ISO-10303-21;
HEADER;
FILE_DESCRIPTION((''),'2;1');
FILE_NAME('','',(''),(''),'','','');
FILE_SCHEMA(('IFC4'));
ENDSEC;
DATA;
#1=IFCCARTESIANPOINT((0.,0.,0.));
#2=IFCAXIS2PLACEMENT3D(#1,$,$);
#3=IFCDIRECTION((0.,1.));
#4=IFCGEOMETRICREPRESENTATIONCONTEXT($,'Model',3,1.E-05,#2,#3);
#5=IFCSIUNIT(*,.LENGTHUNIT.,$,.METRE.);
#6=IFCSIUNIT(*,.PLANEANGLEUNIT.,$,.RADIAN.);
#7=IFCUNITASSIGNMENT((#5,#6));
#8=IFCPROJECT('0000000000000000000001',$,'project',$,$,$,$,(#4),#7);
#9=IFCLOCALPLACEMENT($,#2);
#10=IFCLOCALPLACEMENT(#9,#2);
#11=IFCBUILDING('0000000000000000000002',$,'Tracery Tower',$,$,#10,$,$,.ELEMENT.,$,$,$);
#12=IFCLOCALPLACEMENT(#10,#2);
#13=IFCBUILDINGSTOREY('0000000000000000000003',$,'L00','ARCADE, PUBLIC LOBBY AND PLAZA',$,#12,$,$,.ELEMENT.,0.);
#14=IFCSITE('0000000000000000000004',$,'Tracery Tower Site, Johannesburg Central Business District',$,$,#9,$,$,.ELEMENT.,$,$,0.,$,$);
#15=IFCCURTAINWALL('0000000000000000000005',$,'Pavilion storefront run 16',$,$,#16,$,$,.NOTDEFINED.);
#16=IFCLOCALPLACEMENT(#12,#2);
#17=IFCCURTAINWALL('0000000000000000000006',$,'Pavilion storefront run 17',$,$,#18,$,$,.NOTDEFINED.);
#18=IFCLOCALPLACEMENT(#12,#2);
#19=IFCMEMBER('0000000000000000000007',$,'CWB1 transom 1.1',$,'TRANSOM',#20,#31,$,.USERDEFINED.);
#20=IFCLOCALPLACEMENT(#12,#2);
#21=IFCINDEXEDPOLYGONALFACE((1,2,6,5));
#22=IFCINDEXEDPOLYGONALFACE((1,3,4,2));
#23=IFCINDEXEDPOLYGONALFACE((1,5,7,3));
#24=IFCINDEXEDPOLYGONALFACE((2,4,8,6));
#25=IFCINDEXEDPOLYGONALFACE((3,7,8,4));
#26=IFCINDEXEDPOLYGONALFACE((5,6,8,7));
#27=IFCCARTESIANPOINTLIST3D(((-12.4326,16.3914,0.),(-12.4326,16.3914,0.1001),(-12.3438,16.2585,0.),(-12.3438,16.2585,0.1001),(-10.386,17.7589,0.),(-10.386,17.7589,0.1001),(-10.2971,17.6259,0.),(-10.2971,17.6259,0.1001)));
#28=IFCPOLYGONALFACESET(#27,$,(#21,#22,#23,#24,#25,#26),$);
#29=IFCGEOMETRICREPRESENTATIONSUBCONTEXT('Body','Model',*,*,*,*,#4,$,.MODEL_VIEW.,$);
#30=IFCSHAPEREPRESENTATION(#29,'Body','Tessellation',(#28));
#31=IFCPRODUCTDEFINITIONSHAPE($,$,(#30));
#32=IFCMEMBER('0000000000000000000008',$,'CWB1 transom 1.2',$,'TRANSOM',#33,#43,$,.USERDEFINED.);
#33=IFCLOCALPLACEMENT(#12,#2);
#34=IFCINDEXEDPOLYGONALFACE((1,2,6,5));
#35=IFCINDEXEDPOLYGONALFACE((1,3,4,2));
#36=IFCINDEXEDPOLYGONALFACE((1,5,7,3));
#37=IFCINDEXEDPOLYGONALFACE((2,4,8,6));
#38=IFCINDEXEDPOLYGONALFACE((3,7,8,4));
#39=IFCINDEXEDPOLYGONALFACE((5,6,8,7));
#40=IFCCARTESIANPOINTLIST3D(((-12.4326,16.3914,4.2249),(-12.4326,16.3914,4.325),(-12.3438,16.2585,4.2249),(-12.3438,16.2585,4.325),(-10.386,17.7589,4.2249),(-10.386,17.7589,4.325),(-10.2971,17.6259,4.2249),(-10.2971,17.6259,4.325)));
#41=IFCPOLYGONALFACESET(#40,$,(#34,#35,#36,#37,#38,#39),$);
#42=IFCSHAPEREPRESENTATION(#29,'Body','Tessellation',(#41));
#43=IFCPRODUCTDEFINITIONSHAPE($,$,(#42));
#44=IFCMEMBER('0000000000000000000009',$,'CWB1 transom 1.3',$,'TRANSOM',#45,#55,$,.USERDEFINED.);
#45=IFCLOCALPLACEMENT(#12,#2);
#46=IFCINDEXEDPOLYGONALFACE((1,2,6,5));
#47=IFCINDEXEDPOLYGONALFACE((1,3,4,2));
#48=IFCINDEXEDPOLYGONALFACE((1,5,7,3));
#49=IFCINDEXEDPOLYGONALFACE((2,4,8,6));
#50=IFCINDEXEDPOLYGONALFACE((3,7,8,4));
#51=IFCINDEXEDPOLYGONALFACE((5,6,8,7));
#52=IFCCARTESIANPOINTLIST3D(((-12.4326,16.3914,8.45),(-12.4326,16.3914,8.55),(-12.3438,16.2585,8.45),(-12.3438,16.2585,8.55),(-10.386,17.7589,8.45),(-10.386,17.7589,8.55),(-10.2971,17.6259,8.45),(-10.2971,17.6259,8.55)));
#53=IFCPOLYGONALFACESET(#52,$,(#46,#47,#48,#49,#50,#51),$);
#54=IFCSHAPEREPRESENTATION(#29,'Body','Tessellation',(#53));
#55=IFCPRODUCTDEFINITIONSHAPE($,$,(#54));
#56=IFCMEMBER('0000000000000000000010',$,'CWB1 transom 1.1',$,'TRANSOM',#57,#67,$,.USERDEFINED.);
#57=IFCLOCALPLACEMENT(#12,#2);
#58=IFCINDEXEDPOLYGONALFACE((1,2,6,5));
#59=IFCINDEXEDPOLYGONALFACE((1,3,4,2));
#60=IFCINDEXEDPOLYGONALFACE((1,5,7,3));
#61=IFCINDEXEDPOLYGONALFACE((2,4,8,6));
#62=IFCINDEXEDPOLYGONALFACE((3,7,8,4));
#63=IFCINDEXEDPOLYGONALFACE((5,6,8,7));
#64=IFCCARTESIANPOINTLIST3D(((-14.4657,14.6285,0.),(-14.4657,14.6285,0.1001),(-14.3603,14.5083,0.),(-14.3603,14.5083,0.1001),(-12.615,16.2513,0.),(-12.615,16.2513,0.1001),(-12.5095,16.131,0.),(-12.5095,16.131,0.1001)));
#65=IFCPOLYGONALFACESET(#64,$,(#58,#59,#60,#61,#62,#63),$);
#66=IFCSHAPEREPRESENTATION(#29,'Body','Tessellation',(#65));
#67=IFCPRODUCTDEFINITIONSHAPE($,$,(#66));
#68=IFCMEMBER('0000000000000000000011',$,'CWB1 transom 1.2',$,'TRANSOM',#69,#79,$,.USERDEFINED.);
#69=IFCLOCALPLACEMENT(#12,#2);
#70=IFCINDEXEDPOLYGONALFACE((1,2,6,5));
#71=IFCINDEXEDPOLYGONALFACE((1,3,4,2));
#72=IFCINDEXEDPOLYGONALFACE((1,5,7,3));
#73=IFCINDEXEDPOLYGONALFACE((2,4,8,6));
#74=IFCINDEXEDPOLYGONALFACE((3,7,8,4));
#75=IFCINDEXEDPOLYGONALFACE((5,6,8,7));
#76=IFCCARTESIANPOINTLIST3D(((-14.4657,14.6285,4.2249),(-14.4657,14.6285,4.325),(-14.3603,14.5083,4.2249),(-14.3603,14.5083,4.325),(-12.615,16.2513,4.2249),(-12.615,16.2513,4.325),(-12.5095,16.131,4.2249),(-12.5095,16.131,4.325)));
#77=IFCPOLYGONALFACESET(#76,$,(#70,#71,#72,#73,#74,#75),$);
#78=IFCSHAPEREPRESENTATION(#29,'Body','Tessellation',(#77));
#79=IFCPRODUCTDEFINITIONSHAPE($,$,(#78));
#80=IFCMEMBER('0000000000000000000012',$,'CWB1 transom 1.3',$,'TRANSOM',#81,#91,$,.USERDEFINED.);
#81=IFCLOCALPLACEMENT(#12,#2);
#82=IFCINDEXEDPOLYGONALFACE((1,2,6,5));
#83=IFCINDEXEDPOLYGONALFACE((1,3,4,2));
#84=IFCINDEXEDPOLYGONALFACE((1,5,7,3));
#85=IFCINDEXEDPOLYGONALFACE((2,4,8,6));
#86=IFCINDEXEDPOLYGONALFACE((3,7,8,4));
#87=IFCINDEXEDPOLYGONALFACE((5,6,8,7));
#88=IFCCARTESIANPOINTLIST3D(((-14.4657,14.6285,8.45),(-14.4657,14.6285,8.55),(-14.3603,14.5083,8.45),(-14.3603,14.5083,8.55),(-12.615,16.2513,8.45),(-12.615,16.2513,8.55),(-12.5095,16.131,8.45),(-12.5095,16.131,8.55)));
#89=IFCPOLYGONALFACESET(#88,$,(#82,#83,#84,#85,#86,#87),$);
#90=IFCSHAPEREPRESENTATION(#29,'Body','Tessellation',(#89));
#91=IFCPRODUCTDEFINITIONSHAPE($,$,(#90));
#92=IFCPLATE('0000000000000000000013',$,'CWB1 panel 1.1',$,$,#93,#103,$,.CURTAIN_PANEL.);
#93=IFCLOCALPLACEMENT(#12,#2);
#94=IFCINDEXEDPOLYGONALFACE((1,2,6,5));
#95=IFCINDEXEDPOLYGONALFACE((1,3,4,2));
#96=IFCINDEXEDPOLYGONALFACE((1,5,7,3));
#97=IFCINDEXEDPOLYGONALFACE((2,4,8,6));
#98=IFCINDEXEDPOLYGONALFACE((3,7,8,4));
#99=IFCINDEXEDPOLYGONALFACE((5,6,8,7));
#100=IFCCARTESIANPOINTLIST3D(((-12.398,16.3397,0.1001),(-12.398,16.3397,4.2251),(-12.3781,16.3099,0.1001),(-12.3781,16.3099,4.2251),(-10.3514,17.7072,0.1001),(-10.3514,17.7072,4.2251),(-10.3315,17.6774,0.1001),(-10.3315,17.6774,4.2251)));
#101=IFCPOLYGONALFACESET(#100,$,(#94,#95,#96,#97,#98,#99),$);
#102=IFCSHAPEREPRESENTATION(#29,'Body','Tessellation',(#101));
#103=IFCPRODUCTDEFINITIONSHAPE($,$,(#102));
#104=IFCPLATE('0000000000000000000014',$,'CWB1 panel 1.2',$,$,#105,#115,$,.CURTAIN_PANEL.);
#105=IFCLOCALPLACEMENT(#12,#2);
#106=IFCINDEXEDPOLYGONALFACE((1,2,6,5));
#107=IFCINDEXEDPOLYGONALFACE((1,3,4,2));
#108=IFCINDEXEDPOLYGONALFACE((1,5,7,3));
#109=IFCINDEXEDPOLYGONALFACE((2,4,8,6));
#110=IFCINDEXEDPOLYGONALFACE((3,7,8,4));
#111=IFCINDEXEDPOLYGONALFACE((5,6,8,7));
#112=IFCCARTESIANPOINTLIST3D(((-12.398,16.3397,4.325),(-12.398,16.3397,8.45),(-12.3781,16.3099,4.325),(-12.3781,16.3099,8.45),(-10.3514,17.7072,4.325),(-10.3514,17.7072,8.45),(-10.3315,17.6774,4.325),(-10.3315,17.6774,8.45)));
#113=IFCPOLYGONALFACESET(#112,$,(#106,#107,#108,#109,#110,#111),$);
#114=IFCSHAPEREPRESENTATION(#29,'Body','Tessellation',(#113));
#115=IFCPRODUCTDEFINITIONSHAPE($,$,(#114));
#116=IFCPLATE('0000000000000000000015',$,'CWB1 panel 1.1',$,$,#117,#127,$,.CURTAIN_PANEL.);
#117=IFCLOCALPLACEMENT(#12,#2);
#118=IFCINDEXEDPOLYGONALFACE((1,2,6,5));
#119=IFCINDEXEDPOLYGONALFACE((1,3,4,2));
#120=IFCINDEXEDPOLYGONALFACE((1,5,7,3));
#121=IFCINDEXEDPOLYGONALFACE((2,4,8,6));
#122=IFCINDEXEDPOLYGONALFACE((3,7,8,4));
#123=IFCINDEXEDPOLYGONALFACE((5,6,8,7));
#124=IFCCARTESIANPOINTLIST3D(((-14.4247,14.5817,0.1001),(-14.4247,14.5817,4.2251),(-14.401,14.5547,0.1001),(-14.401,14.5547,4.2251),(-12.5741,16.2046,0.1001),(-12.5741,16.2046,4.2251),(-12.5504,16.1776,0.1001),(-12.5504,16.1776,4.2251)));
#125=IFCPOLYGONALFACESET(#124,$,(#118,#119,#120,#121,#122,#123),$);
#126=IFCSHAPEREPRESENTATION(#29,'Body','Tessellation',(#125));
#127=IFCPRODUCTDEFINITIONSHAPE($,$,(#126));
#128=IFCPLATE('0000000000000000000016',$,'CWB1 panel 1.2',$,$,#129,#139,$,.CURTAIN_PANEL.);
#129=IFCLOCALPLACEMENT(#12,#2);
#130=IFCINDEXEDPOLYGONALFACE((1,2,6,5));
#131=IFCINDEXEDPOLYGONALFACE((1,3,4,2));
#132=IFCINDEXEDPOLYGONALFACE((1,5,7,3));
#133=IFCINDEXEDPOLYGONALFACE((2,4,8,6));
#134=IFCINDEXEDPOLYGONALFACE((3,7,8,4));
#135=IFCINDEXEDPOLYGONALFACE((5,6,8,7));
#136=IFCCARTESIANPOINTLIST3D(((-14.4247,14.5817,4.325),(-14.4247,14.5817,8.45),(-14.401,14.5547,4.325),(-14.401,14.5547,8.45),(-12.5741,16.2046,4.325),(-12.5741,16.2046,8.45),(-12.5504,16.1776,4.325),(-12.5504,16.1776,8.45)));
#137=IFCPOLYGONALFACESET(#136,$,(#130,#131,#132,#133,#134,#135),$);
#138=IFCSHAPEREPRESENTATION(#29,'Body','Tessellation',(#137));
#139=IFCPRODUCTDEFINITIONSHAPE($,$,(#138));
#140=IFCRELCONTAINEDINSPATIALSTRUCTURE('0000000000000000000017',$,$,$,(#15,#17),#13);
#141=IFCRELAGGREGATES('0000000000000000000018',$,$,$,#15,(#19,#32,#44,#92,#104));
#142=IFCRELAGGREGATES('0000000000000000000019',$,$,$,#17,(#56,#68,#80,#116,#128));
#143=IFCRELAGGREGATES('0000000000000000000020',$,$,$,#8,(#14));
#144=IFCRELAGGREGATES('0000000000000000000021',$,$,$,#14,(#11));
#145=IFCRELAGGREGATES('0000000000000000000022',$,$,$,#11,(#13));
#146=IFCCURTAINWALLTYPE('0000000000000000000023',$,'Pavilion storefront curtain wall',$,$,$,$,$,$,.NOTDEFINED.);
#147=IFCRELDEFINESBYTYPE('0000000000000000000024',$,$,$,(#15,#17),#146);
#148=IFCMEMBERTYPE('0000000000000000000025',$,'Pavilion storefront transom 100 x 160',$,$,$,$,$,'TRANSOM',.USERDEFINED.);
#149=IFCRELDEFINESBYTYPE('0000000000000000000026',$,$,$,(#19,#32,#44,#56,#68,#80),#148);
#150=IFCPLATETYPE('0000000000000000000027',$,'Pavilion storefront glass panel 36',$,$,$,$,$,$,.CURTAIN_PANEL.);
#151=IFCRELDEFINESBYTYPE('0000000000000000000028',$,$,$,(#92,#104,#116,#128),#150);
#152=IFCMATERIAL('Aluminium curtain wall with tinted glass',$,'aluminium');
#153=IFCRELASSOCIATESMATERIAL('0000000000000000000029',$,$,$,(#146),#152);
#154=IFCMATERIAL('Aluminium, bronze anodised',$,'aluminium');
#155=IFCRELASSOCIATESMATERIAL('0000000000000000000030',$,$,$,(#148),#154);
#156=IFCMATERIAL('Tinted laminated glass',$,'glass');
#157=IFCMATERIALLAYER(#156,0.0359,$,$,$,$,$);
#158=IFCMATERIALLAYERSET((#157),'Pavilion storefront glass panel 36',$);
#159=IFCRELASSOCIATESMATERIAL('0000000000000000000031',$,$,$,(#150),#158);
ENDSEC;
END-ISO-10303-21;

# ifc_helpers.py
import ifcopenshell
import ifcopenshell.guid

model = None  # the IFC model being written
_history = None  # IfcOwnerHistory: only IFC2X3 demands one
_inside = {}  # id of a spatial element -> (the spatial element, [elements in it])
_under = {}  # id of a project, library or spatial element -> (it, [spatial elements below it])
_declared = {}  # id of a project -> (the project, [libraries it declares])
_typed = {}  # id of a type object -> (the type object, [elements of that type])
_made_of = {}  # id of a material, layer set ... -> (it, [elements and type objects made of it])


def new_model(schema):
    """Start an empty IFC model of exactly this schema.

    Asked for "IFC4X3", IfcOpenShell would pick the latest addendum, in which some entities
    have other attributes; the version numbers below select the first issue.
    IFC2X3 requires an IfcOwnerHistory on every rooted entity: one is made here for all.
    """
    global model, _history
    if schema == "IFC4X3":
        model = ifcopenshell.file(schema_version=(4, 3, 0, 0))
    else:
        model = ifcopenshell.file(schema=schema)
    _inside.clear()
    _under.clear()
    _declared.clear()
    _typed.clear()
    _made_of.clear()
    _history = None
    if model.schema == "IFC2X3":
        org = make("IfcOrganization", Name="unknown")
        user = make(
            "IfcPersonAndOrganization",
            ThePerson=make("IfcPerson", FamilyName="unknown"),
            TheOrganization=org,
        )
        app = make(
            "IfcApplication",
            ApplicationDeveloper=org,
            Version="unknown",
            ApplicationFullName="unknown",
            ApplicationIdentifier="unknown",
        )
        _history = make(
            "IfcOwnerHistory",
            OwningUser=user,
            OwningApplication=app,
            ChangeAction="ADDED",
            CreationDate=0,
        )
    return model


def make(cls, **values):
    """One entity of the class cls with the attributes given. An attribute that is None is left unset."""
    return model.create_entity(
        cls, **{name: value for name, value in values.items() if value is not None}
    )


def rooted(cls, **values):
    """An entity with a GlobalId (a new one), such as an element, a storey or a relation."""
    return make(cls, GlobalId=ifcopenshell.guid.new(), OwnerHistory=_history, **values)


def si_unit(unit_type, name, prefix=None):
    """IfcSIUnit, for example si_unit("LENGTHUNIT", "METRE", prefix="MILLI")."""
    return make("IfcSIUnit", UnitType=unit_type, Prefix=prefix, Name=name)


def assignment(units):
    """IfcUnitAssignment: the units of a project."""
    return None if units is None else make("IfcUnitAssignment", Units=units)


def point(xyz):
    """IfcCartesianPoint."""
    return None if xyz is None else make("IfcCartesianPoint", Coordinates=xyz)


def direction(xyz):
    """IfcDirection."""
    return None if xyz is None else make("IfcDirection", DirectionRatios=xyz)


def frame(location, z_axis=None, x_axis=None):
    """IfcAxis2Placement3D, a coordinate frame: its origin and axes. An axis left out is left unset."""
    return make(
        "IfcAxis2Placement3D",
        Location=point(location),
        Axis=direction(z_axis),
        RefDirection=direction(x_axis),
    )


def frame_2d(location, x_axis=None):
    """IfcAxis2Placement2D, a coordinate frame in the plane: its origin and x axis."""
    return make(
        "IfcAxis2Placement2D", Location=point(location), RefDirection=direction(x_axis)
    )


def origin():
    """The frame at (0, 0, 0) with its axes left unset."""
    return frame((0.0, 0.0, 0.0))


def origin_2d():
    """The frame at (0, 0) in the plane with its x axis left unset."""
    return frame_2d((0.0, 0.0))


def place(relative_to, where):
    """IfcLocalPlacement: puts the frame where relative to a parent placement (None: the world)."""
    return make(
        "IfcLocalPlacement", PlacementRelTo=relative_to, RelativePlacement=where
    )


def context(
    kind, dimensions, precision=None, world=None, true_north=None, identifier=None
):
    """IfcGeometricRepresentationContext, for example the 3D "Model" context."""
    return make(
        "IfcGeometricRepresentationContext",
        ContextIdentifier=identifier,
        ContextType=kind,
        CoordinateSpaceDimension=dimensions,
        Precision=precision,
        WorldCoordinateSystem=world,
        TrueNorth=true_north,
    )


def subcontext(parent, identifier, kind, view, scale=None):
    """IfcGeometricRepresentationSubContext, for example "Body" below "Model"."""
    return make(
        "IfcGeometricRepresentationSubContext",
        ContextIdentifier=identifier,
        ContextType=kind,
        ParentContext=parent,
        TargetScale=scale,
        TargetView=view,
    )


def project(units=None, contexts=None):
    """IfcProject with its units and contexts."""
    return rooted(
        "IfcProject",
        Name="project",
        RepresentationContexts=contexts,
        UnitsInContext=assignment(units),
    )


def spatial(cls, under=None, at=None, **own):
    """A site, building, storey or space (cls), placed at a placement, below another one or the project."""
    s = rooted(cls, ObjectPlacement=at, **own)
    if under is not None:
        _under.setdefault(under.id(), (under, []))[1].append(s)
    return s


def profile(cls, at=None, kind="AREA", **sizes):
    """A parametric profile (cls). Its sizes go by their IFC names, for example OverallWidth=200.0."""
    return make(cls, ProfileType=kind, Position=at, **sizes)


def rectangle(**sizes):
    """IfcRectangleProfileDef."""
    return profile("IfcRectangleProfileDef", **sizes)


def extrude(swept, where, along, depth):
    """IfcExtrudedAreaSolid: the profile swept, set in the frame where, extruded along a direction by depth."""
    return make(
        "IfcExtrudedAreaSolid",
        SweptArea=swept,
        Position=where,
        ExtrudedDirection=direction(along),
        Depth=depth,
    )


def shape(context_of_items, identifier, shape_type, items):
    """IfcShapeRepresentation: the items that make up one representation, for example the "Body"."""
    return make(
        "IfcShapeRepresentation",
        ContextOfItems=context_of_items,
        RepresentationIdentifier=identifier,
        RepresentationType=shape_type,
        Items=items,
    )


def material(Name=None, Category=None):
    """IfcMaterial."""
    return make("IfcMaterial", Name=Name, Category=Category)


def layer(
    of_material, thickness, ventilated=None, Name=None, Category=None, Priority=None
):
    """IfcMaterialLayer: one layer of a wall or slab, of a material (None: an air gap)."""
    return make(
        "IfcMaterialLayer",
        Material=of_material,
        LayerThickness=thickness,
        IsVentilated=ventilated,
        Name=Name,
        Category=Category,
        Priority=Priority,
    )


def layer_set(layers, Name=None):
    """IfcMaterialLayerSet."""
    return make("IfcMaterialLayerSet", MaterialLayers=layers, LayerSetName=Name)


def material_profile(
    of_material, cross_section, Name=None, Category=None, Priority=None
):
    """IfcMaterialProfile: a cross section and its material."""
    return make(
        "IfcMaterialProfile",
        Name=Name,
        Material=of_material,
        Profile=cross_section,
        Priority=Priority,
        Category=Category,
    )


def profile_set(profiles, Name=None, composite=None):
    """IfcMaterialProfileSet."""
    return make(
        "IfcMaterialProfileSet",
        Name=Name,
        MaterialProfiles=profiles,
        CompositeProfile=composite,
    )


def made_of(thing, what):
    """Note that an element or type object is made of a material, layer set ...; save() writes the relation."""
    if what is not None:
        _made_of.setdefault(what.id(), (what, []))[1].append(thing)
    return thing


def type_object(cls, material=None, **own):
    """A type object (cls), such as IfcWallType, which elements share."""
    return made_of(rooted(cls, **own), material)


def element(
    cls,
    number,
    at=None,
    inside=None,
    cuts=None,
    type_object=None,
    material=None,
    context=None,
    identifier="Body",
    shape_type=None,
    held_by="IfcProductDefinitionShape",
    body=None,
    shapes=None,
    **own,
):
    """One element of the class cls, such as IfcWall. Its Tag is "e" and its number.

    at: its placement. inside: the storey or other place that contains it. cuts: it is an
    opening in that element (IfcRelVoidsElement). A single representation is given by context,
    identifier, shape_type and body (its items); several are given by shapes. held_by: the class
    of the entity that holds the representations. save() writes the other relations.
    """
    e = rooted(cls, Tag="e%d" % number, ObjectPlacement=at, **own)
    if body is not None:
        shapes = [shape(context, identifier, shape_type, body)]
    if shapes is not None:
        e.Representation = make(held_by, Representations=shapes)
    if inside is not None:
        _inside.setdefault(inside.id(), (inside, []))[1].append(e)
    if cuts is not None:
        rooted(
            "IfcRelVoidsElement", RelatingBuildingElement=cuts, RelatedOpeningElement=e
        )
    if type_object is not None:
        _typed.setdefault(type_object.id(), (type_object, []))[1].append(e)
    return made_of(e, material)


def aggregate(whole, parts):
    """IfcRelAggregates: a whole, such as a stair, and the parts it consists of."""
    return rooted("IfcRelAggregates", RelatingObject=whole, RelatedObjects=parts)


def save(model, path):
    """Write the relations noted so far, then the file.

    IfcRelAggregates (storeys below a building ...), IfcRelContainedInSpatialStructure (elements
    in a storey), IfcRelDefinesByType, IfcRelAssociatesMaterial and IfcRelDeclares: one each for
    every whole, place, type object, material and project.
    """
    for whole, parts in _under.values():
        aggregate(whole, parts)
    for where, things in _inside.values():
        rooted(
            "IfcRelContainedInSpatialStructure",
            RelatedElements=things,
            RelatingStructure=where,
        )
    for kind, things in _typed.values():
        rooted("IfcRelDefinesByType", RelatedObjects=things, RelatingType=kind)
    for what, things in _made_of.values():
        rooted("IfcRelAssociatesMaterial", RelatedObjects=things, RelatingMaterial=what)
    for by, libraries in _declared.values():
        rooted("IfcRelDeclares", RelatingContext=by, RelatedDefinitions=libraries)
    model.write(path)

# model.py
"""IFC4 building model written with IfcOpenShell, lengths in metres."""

from ifc_helpers import new_model, si_unit, direction, frame, origin, origin_2d, place, context, subcontext, project, spatial, rectangle, extrude, material, layer, layer_set, material_profile, profile_set, type_object, element, aggregate, save


model = new_model("IFC4")

# Units and contexts
model_context = context("Model", 3, precision=1e-05, world=origin(), true_north=direction((0.0, 1.0)))
body_context = subcontext(model_context, "Body", "Model", "MODEL_VIEW")
ifc_project = project(units=[si_unit("LENGTHUNIT", "METRE"), si_unit("PLANEANGLEUNIT", "RADIAN")], contexts=[model_context])

# Site, building, storey
site_placement = place(None, origin())
site = spatial("IfcSite", under=ifc_project, at=site_placement, Name="Tracery Tower Site, Johannesburg Central Business District", CompositionType="ELEMENT", RefElevation=0.0)
building_placement = place(site_placement, origin())
building = spatial("IfcBuilding", under=site, at=building_placement, Name="Tracery Tower", CompositionType="ELEMENT")
storey_placement = place(building_placement, origin())
storey = spatial("IfcBuildingStorey", under=building, at=storey_placement, Name="L00", Description="ARCADE, PUBLIC LOBBY AND PLAZA", CompositionType="ELEMENT", Elevation=0.0)

# Shared definitions
ifc_material_1 = material(Name="Aluminium curtain wall with tinted glass", Category="aluminium")
curtain_wall_type = type_object("IfcCurtainWallType", Name="Pavilion storefront curtain wall", PredefinedType="NOTDEFINED", material=ifc_material_1)

# Curtain walls
curtain_wall_1_placement = place(storey_placement, origin())
curtain_wall_1 = element("IfcCurtainWall", 1, at=curtain_wall_1_placement, inside=storey, type_object=curtain_wall_type, Name="Pavilion storefront run 16", PredefinedType="NOTDEFINED")
curtain_wall_2_placement = place(storey_placement, origin())
curtain_wall_2 = element("IfcCurtainWall", 2, at=curtain_wall_2_placement, inside=storey, type_object=curtain_wall_type, Name="Pavilion storefront run 17", PredefinedType="NOTDEFINED")

# Members
ifc_material_2 = material(Name="Aluminium, bronze anodised", Category="aluminium")
ifc_material_profile_1 = material_profile(ifc_material_2, rectangle(XDim=0.1599, YDim=0.1001, at=origin_2d()), Name="Pavilion storefront transom 100 x 160")
ifc_profile_set_1 = profile_set([ifc_material_profile_1], Name="Aluminium, bronze anodised")
member_type_1 = type_object("IfcMemberType", Name="Pavilion storefront transom 100 x 160", ElementType="TRANSOM", PredefinedType="USERDEFINED", material=ifc_profile_set_1)
member_1_placement = place(storey_placement, frame((-10.3416, 17.6924, 0.05), z_axis=(-0.831485, -0.555547, 0.0), x_axis=(0.555547, -0.831485, 0.0)))
member_1 = element("IfcMember", 3, at=member_1_placement, type_object=member_type_1, Name="CWB1 transom 1.1", ObjectType="TRANSOM", PredefinedType="USERDEFINED", context=body_context, shape_type="SweptSolid", body=[
    extrude(rectangle(XDim=0.1599, YDim=0.1001, at=origin_2d()), origin(), (0.0, 0.0, 1.0), 2.4614),
])
member_2_placement = place(storey_placement, frame((-10.3416, 17.6924, 4.2749), z_axis=(-0.831485, -0.555547, 0.0), x_axis=(0.555547, -0.831485, 0.0)))
member_2 = element("IfcMember", 4, at=member_2_placement, type_object=member_type_1, Name="CWB1 transom 1.2", ObjectType="TRANSOM", PredefinedType="USERDEFINED", context=body_context, shape_type="SweptSolid", body=[
    extrude(rectangle(XDim=0.1599, YDim=0.1001, at=origin_2d()), origin(), (0.0, 0.0, 1.0), 2.4614),
])
member_3_placement = place(storey_placement, frame((-10.3416, 17.6924, 8.5), z_axis=(-0.831485, -0.555547, 0.0), x_axis=(0.555547, -0.831485, 0.0)))
member_3 = element("IfcMember", 5, at=member_3_placement, type_object=member_type_1, Name="CWB1 transom 1.3", ObjectType="TRANSOM", PredefinedType="USERDEFINED", context=body_context, shape_type="SweptSolid", body=[
    extrude(rectangle(XDim=0.1599, YDim=0.1001, at=origin_2d()), origin(), (0.0, 0.0, 1.0), 2.4614),
])
member_4_placement = place(storey_placement, frame((-12.5623, 16.1912, 0.05), z_axis=(-0.751907, -0.65927, 0.0), x_axis=(0.65927, -0.751907, 0.0)))
member_4 = element("IfcMember", 6, at=member_4_placement, type_object=member_type_1, Name="CWB1 transom 1.1", ObjectType="TRANSOM", PredefinedType="USERDEFINED", context=body_context, shape_type="SweptSolid", body=[
    extrude(rectangle(XDim=0.1599, YDim=0.1001, at=origin_2d()), origin(), (0.0, 0.0, 1.0), 2.4614),
])
member_5_placement = place(storey_placement, frame((-12.5623, 16.1912, 4.2749), z_axis=(-0.751907, -0.65927, 0.0), x_axis=(0.65927, -0.751907, 0.0)))
member_5 = element("IfcMember", 7, at=member_5_placement, type_object=member_type_1, Name="CWB1 transom 1.2", ObjectType="TRANSOM", PredefinedType="USERDEFINED", context=body_context, shape_type="SweptSolid", body=[
    extrude(rectangle(XDim=0.1599, YDim=0.1001, at=origin_2d()), origin(), (0.0, 0.0, 1.0), 2.4614),
])
member_6_placement = place(storey_placement, frame((-12.5623, 16.1912, 8.5), z_axis=(-0.751907, -0.65927, 0.0), x_axis=(0.65927, -0.751907, 0.0)))
member_6 = element("IfcMember", 8, at=member_6_placement, type_object=member_type_1, Name="CWB1 transom 1.3", ObjectType="TRANSOM", PredefinedType="USERDEFINED", context=body_context, shape_type="SweptSolid", body=[
    extrude(rectangle(XDim=0.1599, YDim=0.1001, at=origin_2d()), origin(), (0.0, 0.0, 1.0), 2.4614),
])

# Plates
ifc_material_3 = material(Name="Tinted laminated glass", Category="glass")
ifc_layer_1 = layer(ifc_material_3, 0.0359)
ifc_layer_set_1 = layer_set([ifc_layer_1], Name="Pavilion storefront glass panel 36")
plate_type = type_object("IfcPlateType", Name="Pavilion storefront glass panel 36", PredefinedType="CURTAIN_PANEL", material=ifc_layer_set_1)
plate_1_placement = place(storey_placement, frame((-11.3647, 17.0085, 0.1001), z_axis=(0.0, 0.0, 1.0), x_axis=(-0.831476, -0.55556, 0.0)))
plate_1 = element("IfcPlate", 9, at=plate_1_placement, type_object=plate_type, Name="CWB1 panel 1.1", PredefinedType="CURTAIN_PANEL", context=body_context, shape_type="SweptSolid", body=[
    extrude(rectangle(XDim=2.4614, YDim=0.0359, at=origin_2d()), origin(), (0.0, 0.0, 1.0), 4.125),
])
plate_2_placement = place(storey_placement, frame((-11.3647, 17.0085, 4.325), z_axis=(0.0, 0.0, 1.0), x_axis=(-0.831476, -0.55556, 0.0)))
plate_2 = element("IfcPlate", 10, at=plate_2_placement, type_object=plate_type, Name="CWB1 panel 1.2", PredefinedType="CURTAIN_PANEL", context=body_context, shape_type="SweptSolid", body=[
    extrude(rectangle(XDim=2.4614, YDim=0.0359, at=origin_2d()), origin(), (0.0, 0.0, 1.0), 4.125),
])
aggregate(curtain_wall_1, [member_1, member_2, member_3, plate_1, plate_2])
plate_3_placement = place(storey_placement, frame((-13.4875, 15.3796, 0.1001), z_axis=(0.0, 0.0, 1.0), x_axis=(-0.751836, -0.659351, 0.0)))
plate_3 = element("IfcPlate", 11, at=plate_3_placement, type_object=plate_type, Name="CWB1 panel 1.1", PredefinedType="CURTAIN_PANEL", context=body_context, shape_type="SweptSolid", body=[
    extrude(rectangle(XDim=2.4614, YDim=0.0359, at=origin_2d()), origin(), (0.0, 0.0, 1.0), 4.125),
])
plate_4_placement = place(storey_placement, frame((-13.4875, 15.3796, 4.325), z_axis=(0.0, 0.0, 1.0), x_axis=(-0.751836, -0.659351, 0.0)))
plate_4 = element("IfcPlate", 12, at=plate_4_placement, type_object=plate_type, Name="CWB1 panel 1.2", PredefinedType="CURTAIN_PANEL", context=body_context, shape_type="SweptSolid", body=[
    extrude(rectangle(XDim=2.4614, YDim=0.0359, at=origin_2d()), origin(), (0.0, 0.0, 1.0), 4.125),
])
aggregate(curtain_wall_2, [member_4, member_5, member_6, plate_3, plate_4])

save(model, "model.ifc")
